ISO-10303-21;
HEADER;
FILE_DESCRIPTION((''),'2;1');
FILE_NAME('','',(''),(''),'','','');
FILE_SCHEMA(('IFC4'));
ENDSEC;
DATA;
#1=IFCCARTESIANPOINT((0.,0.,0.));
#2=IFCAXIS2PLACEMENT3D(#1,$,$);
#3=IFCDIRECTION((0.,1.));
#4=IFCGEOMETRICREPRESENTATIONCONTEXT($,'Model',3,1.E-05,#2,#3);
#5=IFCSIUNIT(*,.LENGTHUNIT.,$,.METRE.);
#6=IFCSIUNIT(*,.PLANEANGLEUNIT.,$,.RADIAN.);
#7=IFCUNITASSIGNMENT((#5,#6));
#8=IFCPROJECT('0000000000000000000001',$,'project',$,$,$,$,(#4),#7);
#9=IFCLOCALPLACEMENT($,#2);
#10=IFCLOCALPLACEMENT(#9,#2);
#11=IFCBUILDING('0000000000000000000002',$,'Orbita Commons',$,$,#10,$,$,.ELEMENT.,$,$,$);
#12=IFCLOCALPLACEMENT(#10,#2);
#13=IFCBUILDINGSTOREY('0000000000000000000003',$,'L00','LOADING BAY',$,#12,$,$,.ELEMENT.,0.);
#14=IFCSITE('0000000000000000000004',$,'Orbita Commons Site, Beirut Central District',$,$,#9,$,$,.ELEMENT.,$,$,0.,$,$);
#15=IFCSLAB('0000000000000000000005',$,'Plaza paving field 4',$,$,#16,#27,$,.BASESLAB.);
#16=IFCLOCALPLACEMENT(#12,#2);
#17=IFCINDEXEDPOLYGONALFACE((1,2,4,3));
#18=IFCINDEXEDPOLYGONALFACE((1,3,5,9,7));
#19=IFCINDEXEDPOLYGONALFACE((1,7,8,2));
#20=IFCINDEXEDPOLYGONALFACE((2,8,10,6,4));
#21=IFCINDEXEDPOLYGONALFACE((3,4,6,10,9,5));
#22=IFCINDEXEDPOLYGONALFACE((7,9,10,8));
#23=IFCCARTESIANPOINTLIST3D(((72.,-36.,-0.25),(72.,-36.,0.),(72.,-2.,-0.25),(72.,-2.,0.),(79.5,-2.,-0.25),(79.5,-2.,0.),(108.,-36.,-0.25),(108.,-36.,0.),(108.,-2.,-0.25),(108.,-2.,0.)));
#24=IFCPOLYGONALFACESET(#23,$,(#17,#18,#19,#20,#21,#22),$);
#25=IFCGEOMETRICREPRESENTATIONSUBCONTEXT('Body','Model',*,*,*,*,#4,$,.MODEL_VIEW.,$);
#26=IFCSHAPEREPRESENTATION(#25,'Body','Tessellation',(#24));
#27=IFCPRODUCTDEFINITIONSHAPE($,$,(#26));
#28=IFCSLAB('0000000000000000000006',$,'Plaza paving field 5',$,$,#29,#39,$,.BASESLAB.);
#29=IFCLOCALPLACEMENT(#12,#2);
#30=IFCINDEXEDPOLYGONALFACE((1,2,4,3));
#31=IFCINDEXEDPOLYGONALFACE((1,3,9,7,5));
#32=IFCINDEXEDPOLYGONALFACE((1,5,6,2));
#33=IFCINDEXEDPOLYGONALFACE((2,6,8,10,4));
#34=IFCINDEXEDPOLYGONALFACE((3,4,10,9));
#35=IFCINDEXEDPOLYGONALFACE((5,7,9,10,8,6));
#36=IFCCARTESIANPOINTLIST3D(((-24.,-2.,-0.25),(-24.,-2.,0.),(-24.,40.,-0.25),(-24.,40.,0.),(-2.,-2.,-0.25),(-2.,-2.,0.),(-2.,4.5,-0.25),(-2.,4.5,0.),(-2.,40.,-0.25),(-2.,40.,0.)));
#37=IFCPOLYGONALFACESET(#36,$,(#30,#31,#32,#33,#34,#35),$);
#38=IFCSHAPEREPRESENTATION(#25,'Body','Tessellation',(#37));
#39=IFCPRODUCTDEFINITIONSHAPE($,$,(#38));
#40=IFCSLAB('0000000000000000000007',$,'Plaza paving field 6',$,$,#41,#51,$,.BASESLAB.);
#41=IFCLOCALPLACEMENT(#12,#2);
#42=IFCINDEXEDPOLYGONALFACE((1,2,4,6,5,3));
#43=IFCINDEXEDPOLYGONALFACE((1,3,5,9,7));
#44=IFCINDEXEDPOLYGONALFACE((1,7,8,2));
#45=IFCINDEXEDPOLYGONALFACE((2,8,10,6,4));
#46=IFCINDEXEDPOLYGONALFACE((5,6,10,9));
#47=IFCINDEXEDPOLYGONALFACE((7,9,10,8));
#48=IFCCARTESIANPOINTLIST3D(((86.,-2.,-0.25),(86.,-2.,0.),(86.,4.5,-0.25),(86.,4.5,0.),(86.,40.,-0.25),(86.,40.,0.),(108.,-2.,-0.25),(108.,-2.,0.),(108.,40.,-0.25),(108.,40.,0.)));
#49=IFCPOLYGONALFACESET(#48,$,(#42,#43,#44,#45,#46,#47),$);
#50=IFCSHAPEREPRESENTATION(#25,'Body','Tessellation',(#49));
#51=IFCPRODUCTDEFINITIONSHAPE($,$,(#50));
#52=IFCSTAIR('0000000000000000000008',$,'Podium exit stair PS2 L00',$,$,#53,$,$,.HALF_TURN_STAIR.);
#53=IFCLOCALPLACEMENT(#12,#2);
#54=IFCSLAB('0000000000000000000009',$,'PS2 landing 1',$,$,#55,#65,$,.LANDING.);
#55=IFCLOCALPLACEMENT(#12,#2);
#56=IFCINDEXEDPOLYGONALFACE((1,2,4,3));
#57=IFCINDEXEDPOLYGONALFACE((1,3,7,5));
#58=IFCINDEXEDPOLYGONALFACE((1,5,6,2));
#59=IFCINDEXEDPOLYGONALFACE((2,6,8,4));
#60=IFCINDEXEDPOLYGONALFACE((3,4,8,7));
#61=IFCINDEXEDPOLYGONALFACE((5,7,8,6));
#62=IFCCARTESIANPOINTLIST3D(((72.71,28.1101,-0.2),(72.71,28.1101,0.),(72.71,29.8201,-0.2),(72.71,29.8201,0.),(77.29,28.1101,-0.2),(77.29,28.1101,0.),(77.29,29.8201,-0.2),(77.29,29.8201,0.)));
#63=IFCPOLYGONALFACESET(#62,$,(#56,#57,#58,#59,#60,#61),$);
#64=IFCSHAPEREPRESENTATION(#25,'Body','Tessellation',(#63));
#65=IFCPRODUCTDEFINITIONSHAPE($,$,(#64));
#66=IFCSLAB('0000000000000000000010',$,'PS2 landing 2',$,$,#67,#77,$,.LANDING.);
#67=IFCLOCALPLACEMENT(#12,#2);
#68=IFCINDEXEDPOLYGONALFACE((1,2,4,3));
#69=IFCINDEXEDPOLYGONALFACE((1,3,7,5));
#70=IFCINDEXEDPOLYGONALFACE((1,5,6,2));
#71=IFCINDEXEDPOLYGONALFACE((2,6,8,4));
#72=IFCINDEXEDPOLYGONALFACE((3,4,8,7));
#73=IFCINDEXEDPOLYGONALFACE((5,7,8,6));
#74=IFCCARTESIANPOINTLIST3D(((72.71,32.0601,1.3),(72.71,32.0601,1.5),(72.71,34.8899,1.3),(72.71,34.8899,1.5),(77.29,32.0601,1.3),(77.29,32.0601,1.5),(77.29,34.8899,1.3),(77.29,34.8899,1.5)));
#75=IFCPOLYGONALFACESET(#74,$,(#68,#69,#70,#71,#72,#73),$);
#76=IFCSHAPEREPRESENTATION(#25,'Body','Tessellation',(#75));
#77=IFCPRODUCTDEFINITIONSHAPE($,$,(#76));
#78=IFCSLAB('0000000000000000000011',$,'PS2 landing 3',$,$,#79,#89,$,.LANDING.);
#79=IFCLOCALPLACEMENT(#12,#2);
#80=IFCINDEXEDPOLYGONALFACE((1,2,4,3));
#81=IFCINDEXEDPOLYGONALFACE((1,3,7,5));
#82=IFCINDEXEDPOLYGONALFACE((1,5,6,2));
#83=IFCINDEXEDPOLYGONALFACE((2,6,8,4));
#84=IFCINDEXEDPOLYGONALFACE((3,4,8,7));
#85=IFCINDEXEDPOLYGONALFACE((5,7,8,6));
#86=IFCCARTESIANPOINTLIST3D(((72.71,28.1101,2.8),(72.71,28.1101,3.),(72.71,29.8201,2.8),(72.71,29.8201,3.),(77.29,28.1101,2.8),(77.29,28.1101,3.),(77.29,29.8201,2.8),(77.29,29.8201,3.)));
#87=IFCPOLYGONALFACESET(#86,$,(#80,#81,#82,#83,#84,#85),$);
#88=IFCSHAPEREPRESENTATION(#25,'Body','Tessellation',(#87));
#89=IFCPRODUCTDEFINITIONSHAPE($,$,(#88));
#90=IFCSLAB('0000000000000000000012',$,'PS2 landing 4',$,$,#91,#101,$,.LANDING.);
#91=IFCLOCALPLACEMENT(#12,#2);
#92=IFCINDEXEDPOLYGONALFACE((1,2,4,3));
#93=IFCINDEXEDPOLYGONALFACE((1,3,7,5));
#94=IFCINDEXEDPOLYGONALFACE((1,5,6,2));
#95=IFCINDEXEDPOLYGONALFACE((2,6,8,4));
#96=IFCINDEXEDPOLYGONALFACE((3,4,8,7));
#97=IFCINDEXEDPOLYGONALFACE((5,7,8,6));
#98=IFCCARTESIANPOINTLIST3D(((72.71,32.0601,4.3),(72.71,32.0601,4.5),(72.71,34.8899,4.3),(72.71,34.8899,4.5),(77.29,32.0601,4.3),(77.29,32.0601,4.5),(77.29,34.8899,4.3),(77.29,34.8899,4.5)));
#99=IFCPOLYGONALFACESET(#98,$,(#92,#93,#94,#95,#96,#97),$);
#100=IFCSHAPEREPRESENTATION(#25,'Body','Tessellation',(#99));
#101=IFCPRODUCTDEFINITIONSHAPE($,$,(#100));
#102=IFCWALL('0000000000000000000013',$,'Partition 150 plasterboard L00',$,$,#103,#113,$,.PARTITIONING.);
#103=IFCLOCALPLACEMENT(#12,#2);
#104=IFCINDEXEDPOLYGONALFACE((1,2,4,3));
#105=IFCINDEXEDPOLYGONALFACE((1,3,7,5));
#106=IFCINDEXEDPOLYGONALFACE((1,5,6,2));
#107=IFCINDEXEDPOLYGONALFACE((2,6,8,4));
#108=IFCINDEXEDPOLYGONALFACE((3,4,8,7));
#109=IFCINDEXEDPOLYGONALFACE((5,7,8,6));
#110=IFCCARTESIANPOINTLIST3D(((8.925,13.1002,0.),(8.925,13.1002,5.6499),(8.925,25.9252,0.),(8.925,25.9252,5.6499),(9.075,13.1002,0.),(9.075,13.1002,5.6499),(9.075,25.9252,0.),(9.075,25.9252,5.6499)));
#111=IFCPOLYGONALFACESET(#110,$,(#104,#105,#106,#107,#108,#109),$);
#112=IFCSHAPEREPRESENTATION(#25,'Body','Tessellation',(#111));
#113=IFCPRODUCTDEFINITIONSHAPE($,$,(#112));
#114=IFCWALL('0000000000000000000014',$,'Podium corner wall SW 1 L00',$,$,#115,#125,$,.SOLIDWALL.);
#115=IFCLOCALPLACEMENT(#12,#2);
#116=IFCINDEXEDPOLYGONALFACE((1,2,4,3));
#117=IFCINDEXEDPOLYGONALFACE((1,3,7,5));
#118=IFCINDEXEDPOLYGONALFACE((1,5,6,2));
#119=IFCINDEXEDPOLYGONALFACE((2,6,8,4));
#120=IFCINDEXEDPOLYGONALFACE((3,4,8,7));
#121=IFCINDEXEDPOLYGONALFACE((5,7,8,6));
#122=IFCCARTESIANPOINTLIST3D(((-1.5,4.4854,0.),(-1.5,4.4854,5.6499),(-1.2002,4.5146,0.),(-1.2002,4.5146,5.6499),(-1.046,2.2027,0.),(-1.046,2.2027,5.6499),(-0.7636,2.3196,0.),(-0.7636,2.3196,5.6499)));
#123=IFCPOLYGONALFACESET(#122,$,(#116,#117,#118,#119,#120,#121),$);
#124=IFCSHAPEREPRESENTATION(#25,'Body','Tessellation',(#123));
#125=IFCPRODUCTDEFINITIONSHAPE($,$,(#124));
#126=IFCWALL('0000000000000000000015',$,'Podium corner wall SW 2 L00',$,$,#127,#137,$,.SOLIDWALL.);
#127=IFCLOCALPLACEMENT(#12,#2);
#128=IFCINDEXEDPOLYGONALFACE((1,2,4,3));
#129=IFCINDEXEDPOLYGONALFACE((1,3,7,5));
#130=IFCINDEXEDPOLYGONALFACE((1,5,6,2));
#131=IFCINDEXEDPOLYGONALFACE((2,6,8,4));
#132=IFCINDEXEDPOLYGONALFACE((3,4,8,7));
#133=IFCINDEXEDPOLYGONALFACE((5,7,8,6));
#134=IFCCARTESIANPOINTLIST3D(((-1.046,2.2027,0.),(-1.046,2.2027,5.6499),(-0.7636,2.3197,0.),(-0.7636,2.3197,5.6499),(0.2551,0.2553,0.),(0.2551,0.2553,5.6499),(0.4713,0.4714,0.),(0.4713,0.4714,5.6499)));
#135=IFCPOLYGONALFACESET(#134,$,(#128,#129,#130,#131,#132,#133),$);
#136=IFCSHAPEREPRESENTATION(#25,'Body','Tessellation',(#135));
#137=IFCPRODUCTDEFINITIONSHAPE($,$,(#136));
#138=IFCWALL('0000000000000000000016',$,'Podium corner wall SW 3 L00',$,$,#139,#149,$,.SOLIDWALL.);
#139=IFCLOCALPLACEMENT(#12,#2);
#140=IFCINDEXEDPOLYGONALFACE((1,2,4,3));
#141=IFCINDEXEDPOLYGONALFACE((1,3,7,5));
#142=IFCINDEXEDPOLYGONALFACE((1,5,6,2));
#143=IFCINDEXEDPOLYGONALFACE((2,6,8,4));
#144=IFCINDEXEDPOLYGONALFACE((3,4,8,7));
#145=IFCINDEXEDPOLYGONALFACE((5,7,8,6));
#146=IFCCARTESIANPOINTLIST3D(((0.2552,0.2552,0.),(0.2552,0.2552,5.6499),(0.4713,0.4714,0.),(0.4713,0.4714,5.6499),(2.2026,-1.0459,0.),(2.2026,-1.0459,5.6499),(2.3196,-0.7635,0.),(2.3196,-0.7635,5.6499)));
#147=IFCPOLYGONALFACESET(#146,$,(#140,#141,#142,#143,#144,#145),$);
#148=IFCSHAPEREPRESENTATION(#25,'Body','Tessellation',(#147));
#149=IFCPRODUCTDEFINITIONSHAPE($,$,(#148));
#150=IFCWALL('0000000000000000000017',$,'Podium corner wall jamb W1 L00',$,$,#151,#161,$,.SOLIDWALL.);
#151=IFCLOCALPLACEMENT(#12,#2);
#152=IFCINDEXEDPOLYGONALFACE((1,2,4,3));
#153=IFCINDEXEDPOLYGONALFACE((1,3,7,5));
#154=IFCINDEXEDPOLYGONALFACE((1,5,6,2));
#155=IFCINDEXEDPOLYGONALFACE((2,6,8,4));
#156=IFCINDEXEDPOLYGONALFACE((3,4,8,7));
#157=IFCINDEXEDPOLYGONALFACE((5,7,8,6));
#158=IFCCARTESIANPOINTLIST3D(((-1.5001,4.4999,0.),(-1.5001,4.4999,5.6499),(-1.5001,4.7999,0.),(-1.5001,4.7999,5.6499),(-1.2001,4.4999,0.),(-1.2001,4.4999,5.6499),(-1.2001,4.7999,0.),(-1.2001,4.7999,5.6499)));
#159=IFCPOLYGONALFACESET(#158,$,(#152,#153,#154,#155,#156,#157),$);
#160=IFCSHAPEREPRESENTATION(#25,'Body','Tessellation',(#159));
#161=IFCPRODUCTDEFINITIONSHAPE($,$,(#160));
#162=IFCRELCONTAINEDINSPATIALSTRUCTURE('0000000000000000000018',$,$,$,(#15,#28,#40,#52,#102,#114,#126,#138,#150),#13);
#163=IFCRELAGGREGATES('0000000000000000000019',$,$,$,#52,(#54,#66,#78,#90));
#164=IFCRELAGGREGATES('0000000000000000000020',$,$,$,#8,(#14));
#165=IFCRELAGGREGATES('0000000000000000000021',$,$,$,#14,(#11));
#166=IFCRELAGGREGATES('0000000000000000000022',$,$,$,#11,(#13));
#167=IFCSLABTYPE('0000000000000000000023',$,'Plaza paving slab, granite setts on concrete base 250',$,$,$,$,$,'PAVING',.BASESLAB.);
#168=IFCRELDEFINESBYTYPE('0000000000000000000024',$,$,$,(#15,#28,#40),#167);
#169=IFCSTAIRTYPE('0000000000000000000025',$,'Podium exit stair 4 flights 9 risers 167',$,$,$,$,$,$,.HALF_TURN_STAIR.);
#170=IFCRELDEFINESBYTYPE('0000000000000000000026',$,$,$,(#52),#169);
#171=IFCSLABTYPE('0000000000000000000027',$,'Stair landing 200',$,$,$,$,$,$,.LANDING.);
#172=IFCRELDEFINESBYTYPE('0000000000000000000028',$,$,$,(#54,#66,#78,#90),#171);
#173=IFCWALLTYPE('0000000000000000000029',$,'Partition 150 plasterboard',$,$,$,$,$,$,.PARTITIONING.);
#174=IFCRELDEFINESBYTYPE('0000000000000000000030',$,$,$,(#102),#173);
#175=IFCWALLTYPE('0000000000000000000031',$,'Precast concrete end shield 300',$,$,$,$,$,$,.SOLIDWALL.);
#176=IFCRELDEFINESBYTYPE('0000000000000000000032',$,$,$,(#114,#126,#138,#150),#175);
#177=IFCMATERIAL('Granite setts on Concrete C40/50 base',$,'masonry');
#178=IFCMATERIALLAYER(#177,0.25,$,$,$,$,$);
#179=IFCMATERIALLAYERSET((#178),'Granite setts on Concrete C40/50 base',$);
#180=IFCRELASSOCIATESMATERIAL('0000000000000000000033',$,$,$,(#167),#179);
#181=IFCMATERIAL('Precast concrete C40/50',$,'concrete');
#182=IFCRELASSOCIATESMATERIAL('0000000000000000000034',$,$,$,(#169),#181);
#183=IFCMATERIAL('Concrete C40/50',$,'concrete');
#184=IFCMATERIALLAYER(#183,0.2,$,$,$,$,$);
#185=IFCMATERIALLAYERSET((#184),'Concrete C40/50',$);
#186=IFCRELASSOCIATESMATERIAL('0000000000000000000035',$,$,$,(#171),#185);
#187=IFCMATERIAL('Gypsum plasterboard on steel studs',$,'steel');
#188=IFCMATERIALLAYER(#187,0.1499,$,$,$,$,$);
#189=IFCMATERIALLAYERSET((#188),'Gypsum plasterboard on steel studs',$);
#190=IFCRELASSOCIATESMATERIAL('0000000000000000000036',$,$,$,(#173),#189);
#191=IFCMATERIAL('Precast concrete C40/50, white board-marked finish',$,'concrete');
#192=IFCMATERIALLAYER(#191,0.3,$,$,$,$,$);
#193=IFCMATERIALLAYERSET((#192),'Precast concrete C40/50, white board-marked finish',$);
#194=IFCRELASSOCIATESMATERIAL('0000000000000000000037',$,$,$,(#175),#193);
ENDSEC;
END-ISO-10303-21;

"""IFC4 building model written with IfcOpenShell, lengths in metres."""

from ifc_helpers import new_model, si_unit, direction, frame, frame_2d, origin, place, context, subcontext, project, spatial, polyline, rectangle, outline, extrude, material, layer, layer_set, type_object, element, aggregate, save


model = new_model("IFC4")

# Units and contexts
model_context = context("Model", 3, precision=1e-05, world=origin(), true_north=direction((0.0, 1.0)))
body_context = subcontext(model_context, "Body", "Model", "MODEL_VIEW")
ifc_project = project(units=[si_unit("LENGTHUNIT", "METRE"), si_unit("PLANEANGLEUNIT", "RADIAN")], contexts=[model_context])

# Site, building, storey
site_placement = place(None, origin())
site = spatial("IfcSite", under=ifc_project, at=site_placement, Name="Orbita Commons Site, Beirut Central District", CompositionType="ELEMENT", RefElevation=0.0)
building_placement = place(site_placement, origin())
building = spatial("IfcBuilding", under=site, at=building_placement, Name="Orbita Commons", CompositionType="ELEMENT")
storey_placement = place(building_placement, origin())
storey = spatial("IfcBuildingStorey", under=building, at=storey_placement, Name="L00", Description="LOADING BAY", CompositionType="ELEMENT", Elevation=0.0)

# Slabs
ifc_material_1 = material(Name="Granite setts on Concrete C40/50 base", Category="masonry")
ifc_layer_1 = layer(ifc_material_1, 0.25)
ifc_layer_set_1 = layer_set([ifc_layer_1], Name="Granite setts on Concrete C40/50 base")
slab_type_1 = type_object("IfcSlabType", Name="Plaza paving slab, granite setts on concrete base 250", ElementType="PAVING", PredefinedType="BASESLAB", material=ifc_layer_set_1)
slab_1_placement = place(storey_placement, frame((0.0, 0.0, -0.25)))
element("IfcSlab", 1, at=slab_1_placement, inside=storey, type_object=slab_type_1, Name="Plaza paving field 4", PredefinedType="BASESLAB", context=body_context, shape_type="SweptSolid", body=[
    extrude(outline(polyline([(108.0, -2.0), (108.0, -36.0), (72.0, -36.0), (72.0, -2.0), (79.5, -2.0), (108.0, -2.0)])), origin(), (0.0, 0.0, 1.0), 0.25),
])
slab_2_placement = place(storey_placement, frame((0.0, 0.0, -0.25)))
element("IfcSlab", 2, at=slab_2_placement, inside=storey, type_object=slab_type_1, Name="Plaza paving field 5", PredefinedType="BASESLAB", context=body_context, shape_type="SweptSolid", body=[
    extrude(outline(polyline([(-2.0, -2.0), (-24.0, -2.0), (-24.0, 40.0), (-2.0, 40.0), (-2.0, 4.5), (-2.0, -2.0)])), origin(), (0.0, 0.0, 1.0), 0.25),
])
slab_3_placement = place(storey_placement, frame((0.0, 0.0, -0.25)))
element("IfcSlab", 3, at=slab_3_placement, inside=storey, type_object=slab_type_1, Name="Plaza paving field 6", PredefinedType="BASESLAB", context=body_context, shape_type="SweptSolid", body=[
    extrude(outline(polyline([(108.0, 40.0), (108.0, -2.0), (86.0, -2.0), (86.0, 4.5), (86.0, 40.0), (108.0, 40.0)])), origin(), (0.0, 0.0, 1.0), 0.25),
])

# Stair, slabs
ifc_material_2 = material(Name="Precast concrete C40/50", Category="concrete")
stair_type = type_object("IfcStairType", Name="Podium exit stair 4 flights 9 risers 167", PredefinedType="HALF_TURN_STAIR", material=ifc_material_2)
stair_placement = place(storey_placement, origin())
stair = element("IfcStair", 4, at=stair_placement, inside=storey, type_object=stair_type, Name="Podium exit stair PS2 L00", PredefinedType="HALF_TURN_STAIR")
ifc_material_3 = material(Name="Concrete C40/50", Category="concrete")
ifc_layer_2 = layer(ifc_material_3, 0.2)
ifc_layer_set_2 = layer_set([ifc_layer_2], Name="Concrete C40/50")
slab_type_2 = type_object("IfcSlabType", Name="Stair landing 200", PredefinedType="LANDING", material=ifc_layer_set_2)
slab_4_placement = place(storey_placement, frame((0.0, 0.0, -0.2)))
slab_4 = element("IfcSlab", 5, at=slab_4_placement, type_object=slab_type_2, Name="PS2 landing 1", PredefinedType="LANDING", context=body_context, shape_type="SweptSolid", body=[
    extrude(outline(polyline([(72.71, 28.1101), (77.29, 28.1101), (77.29, 29.8201), (72.71, 29.8201), (72.71, 28.1101)])), origin(), (0.0, 0.0, 1.0), 0.2),
])
slab_5_placement = place(storey_placement, frame((0.0, 0.0, 1.3)))
slab_5 = element("IfcSlab", 6, at=slab_5_placement, type_object=slab_type_2, Name="PS2 landing 2", PredefinedType="LANDING", context=body_context, shape_type="SweptSolid", body=[
    extrude(outline(polyline([(72.71, 32.0601), (77.29, 32.0601), (77.29, 34.8899), (72.71, 34.8899), (72.71, 32.0601)])), origin(), (0.0, 0.0, 1.0), 0.2),
])
slab_6_placement = place(storey_placement, frame((0.0, 0.0, 2.8)))
slab_6 = element("IfcSlab", 7, at=slab_6_placement, type_object=slab_type_2, Name="PS2 landing 3", PredefinedType="LANDING", context=body_context, shape_type="SweptSolid", body=[
    extrude(outline(polyline([(72.71, 28.1101), (77.29, 28.1101), (77.29, 29.8201), (72.71, 29.8201), (72.71, 28.1101)])), origin(), (0.0, 0.0, 1.0), 0.2),
])
slab_7_placement = place(storey_placement, frame((0.0, 0.0, 4.3)))
slab_7 = element("IfcSlab", 8, at=slab_7_placement, type_object=slab_type_2, Name="PS2 landing 4", PredefinedType="LANDING", context=body_context, shape_type="SweptSolid", body=[
    extrude(outline(polyline([(72.71, 32.0601), (77.29, 32.0601), (77.29, 34.8899), (72.71, 34.8899), (72.71, 32.0601)])), origin(), (0.0, 0.0, 1.0), 0.2),
])
aggregate(stair, [slab_4, slab_5, slab_6, slab_7])

# Walls
ifc_material_4 = material(Name="Gypsum plasterboard on steel studs", Category="steel")
ifc_layer_3 = layer(ifc_material_4, 0.1499)
ifc_layer_set_3 = layer_set([ifc_layer_3], Name="Gypsum plasterboard on steel studs")
wall_type_1 = type_object("IfcWallType", Name="Partition 150 plasterboard", PredefinedType="PARTITIONING", material=ifc_layer_set_3)
wall_1_placement = place(storey_placement, frame((9.0, 13.1001, 0.0), z_axis=(0.0, 0.0, 1.0), x_axis=(0.0, 1.0, 0.0)))
element("IfcWall", 9, at=wall_1_placement, inside=storey, type_object=wall_type_1, Name="Partition 150 plasterboard L00", PredefinedType="PARTITIONING", context=body_context, shape_type="SweptSolid", body=[
    extrude(rectangle(XDim=12.825, YDim=0.1499, at=frame_2d((6.4126, 0.0))), origin(), (0.0, 0.0, 1.0), 5.6499),
])
ifc_material_5 = material(Name="Precast concrete C40/50, white board-marked finish", Category="concrete")
ifc_layer_4 = layer(ifc_material_5, 0.3)
ifc_layer_set_4 = layer_set([ifc_layer_4], Name="Precast concrete C40/50, white board-marked finish")
wall_type_2 = type_object("IfcWallType", Name="Precast concrete end shield 300", PredefinedType="SOLIDWALL", material=ifc_layer_set_4)
wall_2_placement = place(storey_placement, frame((-1.3501, 4.5, 0.0), z_axis=(0.0, 0.0, 1.0), x_axis=(0.195088, -0.980786, 0.0)))
element("IfcWall", 10, at=wall_2_placement, inside=storey, type_object=wall_type_2, Name="Podium corner wall SW 1 L00", PredefinedType="SOLIDWALL", context=body_context, shape_type="SweptSolid", body=[
    extrude(outline(polyline([(-0.0149, -0.1499), (2.3125, -0.1499), (2.2529, 0.1499), (0.0149, 0.1499), (-0.0149, -0.1499)])), origin(), (0.0, 0.0, 1.0), 5.6499),
])
for number, where, z_axis, x_axis, name in (
    (11, (-0.9048, 2.2612, 0.0), (0.0, 0.0, 1.0), (0.555539, -0.83149, 0.0), "Podium corner wall SW 2 L00"),
    (12, (0.3633, 0.3633, 0.0), (0.0, 0.0, 1.0), (0.83149, -0.555539, 0.0), "Podium corner wall SW 3 L00"),
):
    element("IfcWall", number, at=place(storey_placement, frame(where, z_axis=z_axis, x_axis=x_axis)), inside=storey, type_object=wall_type_2, Name=name, PredefinedType="SOLIDWALL", context=body_context, shape_type="SweptSolid", body=[
        extrude(outline(polyline([(-0.0298, -0.1499), (2.3123, -0.1499), (2.2527, 0.1499), (0.0298, 0.1499), (-0.0298, -0.1499)])), origin(), (0.0, 0.0, 1.0), 5.6499),
    ])
wall_3_placement = place(storey_placement, frame((-1.3501, 4.5, 0.0), z_axis=(0.0, 0.0, 1.0), x_axis=(0.0, 1.0, 0.0)))
element("IfcWall", 13, at=wall_3_placement, inside=storey, type_object=wall_type_2, Name="Podium corner wall jamb W1 L00", PredefinedType="SOLIDWALL", context=body_context, shape_type="SweptSolid", body=[
    extrude(rectangle(XDim=0.3, YDim=0.3, at=frame_2d((0.1499, 0.0))), origin(), (0.0, 0.0, 1.0), 5.6499),
])

save(model, "model.ifc")
